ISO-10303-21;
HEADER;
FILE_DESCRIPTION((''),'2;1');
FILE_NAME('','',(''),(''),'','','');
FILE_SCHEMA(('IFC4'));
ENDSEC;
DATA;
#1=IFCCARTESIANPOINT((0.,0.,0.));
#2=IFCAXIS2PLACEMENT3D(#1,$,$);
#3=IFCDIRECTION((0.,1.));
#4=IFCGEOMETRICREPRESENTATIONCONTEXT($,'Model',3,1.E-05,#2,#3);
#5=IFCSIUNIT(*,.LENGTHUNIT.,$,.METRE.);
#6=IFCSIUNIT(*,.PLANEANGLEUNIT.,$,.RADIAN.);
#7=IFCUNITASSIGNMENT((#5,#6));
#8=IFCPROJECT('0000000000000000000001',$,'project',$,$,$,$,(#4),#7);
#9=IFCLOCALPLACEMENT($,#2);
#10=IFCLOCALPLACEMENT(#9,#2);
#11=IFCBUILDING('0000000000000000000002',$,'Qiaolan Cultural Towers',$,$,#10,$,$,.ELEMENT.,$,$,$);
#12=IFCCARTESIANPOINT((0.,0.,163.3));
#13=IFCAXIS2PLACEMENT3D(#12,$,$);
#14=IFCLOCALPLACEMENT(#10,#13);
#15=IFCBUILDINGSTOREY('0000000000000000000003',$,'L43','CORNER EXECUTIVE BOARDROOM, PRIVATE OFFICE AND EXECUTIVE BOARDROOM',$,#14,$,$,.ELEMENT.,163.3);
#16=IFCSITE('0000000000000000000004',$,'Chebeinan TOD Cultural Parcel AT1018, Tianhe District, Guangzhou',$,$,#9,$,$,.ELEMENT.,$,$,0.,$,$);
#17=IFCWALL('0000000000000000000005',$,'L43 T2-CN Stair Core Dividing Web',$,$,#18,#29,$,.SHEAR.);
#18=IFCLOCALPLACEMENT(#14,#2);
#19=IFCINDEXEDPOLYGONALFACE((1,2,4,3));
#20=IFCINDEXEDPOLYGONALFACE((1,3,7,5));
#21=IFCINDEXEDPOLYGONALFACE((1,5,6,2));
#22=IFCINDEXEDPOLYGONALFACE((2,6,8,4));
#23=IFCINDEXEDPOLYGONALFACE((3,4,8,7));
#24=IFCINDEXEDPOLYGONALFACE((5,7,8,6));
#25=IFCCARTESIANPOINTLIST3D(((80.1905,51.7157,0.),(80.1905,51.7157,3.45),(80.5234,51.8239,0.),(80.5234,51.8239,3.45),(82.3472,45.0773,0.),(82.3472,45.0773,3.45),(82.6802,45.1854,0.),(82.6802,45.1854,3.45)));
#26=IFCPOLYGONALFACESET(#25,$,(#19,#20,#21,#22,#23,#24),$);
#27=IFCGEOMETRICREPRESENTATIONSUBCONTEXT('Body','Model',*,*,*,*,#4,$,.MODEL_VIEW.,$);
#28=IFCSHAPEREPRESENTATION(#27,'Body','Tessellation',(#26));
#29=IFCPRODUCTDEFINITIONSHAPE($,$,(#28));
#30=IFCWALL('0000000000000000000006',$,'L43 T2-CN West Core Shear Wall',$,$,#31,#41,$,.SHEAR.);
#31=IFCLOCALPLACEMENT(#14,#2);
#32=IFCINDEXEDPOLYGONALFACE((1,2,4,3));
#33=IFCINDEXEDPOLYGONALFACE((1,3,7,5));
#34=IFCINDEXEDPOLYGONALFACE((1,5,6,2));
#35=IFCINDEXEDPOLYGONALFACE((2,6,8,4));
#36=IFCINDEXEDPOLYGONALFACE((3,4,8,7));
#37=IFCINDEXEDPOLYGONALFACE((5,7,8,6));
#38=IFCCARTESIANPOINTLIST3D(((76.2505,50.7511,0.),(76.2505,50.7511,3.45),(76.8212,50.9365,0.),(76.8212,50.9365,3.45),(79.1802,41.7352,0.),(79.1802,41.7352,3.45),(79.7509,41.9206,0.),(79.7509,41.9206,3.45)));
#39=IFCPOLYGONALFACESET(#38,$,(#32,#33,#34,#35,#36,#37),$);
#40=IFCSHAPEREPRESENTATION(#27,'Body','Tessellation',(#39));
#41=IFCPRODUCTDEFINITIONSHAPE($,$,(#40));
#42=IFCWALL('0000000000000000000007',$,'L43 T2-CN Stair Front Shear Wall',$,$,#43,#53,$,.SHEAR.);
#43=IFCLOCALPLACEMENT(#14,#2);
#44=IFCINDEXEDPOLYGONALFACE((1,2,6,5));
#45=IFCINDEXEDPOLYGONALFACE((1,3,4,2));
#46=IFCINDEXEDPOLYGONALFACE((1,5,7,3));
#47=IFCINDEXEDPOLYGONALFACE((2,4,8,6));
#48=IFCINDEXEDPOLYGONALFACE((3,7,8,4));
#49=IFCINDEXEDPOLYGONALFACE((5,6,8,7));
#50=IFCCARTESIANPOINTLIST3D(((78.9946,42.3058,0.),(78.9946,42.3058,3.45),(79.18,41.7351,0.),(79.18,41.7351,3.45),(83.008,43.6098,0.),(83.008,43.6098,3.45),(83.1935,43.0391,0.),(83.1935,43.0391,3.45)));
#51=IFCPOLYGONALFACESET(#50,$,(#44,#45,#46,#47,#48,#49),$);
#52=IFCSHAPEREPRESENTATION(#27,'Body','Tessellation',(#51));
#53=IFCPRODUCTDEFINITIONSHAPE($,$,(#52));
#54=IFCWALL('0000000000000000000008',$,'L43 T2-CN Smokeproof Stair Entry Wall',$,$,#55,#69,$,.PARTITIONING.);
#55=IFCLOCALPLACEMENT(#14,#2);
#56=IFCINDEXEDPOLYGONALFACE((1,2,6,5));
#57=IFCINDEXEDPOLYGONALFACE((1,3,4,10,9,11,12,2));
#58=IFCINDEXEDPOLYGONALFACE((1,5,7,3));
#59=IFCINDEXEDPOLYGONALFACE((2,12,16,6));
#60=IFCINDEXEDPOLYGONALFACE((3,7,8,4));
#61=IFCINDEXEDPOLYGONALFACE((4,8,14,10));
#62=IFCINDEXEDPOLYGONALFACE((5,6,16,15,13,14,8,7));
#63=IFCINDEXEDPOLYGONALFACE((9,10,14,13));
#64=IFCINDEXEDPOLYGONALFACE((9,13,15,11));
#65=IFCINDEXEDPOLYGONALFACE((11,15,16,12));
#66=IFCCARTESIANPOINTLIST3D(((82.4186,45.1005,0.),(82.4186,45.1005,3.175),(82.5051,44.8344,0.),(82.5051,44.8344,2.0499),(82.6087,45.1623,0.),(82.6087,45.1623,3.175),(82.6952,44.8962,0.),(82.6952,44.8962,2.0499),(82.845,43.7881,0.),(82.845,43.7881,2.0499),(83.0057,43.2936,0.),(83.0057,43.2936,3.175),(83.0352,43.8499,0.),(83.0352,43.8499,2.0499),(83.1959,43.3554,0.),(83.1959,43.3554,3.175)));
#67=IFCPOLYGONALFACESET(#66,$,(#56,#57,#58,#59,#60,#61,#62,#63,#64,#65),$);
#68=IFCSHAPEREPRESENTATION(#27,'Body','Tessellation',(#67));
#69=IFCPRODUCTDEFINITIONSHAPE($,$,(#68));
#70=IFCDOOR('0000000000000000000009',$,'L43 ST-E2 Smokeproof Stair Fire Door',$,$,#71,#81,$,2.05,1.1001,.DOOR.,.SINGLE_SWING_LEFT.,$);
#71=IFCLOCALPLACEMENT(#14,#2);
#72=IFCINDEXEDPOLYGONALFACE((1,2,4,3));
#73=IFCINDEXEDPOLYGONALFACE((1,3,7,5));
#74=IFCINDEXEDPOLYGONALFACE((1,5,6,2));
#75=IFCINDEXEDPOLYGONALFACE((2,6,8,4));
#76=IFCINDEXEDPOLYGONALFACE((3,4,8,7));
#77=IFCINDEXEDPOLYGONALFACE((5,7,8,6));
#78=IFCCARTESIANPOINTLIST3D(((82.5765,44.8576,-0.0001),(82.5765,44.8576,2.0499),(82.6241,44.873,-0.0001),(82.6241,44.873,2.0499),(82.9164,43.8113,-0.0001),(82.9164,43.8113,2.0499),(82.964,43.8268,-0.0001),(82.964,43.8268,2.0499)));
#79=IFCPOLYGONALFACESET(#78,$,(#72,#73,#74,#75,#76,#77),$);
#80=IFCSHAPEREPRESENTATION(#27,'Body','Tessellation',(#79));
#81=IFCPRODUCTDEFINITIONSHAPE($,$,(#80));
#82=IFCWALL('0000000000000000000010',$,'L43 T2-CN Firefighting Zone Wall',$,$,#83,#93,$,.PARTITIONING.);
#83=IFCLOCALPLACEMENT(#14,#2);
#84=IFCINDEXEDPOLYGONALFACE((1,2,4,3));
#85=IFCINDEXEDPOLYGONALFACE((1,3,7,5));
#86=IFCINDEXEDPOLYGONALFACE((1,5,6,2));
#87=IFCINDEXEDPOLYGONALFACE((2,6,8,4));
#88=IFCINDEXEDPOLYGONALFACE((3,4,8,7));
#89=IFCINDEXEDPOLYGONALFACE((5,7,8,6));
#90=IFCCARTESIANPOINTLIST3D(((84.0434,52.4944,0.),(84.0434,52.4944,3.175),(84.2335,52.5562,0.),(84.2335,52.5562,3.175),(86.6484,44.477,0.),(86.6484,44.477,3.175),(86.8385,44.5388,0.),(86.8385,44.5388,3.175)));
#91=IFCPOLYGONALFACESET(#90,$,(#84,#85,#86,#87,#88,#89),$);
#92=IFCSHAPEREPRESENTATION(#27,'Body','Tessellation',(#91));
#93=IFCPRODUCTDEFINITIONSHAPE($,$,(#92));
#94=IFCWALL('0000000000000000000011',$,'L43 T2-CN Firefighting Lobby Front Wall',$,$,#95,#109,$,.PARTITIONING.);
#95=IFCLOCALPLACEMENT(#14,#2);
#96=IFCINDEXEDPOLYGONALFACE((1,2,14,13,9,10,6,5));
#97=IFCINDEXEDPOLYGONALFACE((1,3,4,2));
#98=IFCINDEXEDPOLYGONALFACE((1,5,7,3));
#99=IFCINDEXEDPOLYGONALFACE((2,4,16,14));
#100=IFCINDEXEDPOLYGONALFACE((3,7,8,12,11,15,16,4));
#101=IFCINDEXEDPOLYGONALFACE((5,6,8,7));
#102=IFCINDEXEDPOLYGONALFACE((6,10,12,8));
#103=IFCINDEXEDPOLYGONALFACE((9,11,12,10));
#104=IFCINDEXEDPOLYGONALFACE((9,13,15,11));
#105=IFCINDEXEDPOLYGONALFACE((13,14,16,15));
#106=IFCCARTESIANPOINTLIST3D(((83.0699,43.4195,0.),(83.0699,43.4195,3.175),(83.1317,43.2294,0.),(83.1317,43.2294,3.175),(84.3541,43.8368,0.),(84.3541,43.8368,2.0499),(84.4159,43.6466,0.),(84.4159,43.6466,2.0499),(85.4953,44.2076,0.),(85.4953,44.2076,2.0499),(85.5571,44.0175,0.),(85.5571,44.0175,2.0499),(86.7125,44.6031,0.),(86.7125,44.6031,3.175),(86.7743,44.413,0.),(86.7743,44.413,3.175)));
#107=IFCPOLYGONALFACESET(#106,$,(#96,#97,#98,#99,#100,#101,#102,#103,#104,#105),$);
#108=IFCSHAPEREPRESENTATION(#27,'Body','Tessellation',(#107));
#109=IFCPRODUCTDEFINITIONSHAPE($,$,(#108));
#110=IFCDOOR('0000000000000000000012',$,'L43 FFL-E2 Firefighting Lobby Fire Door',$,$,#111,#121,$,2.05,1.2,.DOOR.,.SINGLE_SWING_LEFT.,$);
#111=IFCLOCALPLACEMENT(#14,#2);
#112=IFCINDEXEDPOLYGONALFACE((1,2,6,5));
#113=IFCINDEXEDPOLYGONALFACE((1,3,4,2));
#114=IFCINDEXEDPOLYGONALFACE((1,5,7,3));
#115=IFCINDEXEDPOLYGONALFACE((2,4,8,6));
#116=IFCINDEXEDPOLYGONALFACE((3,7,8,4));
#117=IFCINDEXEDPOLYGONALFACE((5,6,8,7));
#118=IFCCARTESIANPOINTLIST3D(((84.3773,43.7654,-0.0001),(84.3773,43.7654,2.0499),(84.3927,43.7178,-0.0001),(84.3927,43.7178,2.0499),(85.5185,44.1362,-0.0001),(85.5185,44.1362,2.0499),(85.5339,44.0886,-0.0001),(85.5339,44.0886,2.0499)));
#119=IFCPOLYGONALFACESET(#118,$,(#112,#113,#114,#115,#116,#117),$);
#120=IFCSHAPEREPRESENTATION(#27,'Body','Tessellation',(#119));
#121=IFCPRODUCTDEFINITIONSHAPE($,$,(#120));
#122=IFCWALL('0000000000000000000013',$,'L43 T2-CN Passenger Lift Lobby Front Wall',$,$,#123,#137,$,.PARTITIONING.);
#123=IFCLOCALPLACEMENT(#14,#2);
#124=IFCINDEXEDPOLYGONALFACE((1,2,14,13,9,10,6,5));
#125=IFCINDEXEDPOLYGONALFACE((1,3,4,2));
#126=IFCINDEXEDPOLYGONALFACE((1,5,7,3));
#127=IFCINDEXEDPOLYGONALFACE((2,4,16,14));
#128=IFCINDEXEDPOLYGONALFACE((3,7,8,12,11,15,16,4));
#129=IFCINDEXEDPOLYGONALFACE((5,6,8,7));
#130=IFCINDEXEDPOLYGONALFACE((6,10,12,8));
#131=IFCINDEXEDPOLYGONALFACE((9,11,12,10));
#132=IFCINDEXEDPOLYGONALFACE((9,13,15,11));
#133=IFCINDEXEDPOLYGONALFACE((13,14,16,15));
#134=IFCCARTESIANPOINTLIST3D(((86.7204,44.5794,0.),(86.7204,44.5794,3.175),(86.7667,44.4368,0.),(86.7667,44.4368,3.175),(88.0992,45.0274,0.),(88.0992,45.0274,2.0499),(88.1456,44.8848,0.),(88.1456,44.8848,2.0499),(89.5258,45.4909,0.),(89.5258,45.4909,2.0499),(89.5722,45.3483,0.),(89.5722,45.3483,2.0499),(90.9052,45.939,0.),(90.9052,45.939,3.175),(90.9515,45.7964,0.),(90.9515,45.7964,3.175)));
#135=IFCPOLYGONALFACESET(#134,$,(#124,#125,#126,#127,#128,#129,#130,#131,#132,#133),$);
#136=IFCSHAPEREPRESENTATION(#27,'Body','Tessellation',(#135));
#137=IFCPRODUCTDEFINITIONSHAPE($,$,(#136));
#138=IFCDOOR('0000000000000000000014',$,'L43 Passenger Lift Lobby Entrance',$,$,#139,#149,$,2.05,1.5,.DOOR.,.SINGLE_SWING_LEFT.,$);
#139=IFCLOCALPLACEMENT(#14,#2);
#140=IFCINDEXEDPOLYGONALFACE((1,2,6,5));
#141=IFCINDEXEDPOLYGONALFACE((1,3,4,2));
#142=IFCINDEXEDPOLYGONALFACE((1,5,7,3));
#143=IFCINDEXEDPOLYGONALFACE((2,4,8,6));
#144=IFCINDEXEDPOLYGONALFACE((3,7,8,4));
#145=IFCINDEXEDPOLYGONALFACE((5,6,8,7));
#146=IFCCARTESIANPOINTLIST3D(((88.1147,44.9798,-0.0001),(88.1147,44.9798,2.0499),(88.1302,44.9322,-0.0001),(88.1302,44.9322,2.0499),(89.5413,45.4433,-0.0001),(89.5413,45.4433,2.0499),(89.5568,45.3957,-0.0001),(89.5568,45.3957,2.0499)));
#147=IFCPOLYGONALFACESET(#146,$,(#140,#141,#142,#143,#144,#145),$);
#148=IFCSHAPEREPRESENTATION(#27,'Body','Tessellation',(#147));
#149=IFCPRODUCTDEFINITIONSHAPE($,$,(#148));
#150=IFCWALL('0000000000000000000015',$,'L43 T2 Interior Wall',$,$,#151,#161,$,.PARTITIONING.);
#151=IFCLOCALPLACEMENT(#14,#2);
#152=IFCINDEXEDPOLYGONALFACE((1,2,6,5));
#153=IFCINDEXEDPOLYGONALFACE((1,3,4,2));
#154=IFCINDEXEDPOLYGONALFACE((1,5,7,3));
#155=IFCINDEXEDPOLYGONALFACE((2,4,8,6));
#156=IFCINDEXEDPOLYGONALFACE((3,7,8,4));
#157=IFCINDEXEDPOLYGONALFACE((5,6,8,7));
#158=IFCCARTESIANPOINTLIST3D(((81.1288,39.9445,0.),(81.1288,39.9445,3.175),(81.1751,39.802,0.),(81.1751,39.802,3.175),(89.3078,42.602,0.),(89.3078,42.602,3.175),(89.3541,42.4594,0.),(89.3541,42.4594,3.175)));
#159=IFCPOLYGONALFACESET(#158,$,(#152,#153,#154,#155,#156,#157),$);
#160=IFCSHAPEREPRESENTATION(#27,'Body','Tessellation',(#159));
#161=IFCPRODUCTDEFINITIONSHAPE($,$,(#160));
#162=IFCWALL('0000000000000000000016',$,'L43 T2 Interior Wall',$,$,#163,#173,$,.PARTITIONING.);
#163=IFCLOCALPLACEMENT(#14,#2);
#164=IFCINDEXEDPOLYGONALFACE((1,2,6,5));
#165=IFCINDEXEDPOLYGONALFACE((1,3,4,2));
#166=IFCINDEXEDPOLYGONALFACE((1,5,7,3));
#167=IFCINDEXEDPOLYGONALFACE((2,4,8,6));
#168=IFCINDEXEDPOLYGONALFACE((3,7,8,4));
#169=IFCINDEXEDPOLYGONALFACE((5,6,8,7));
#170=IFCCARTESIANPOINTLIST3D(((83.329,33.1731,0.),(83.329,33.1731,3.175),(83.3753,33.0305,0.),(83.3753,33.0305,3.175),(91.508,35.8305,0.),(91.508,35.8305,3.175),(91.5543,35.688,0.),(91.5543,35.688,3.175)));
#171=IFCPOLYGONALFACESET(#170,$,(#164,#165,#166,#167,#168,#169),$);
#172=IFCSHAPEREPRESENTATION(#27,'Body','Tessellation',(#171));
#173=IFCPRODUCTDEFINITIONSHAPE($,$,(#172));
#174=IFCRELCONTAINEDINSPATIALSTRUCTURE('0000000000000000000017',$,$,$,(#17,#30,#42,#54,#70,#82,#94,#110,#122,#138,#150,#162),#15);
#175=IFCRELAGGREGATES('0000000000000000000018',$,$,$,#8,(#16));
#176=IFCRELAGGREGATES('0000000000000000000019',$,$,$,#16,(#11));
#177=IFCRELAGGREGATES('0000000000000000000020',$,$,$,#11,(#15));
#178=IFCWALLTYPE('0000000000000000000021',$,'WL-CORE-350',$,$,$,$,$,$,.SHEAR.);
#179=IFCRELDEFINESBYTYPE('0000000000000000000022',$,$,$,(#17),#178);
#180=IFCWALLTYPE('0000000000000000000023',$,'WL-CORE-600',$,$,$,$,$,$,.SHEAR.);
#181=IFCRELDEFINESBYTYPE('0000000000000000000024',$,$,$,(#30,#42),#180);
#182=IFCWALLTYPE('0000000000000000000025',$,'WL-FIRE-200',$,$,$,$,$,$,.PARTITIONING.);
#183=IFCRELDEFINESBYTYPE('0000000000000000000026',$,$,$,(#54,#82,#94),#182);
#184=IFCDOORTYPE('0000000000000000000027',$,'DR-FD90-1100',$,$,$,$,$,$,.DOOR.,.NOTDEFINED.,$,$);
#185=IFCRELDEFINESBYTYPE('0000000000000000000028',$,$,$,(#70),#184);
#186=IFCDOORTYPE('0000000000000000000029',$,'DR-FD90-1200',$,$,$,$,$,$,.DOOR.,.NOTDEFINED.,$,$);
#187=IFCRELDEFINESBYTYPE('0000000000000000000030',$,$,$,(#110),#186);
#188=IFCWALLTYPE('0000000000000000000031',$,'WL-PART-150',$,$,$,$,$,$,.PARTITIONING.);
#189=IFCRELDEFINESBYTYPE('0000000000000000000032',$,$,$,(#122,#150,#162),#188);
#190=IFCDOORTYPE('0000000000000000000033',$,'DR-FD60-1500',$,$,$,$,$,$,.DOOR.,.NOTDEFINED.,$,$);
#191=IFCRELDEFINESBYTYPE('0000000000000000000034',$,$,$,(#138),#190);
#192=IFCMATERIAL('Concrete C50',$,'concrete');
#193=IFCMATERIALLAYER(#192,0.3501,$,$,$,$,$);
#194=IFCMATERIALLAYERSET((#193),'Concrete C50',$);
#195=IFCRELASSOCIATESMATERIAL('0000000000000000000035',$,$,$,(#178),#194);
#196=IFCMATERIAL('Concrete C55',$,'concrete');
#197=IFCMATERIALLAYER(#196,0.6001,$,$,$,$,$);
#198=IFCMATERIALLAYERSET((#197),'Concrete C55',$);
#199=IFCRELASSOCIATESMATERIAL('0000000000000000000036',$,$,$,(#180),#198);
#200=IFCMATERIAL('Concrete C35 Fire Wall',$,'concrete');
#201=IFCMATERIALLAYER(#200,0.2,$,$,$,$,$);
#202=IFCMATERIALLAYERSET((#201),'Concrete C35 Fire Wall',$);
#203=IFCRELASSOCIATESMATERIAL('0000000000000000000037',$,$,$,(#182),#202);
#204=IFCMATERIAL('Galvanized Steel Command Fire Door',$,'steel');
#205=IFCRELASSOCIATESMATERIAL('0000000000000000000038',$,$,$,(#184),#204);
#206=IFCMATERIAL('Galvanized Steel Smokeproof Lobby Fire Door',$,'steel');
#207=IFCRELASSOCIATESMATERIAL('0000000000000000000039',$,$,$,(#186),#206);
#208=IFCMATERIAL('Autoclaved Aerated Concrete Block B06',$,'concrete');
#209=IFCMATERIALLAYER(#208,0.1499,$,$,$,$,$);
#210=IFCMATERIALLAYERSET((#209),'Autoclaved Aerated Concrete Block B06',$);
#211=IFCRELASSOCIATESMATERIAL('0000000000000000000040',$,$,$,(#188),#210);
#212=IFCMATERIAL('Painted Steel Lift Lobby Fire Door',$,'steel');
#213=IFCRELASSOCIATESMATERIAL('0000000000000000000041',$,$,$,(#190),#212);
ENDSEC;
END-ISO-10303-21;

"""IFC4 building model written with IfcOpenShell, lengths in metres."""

from ifc_helpers import new_model, si_unit, direction, frame, frame_2d, origin, place, context, subcontext, project, spatial, rectangle, extrude, material, layer, layer_set, type_object, element, fill, save


model = new_model("IFC4")

# Units and contexts
model_context = context("Model", 3, precision=1e-05, world=origin(), true_north=direction((0.0, 1.0)))
body_context = subcontext(model_context, "Body", "Model", "MODEL_VIEW")
ifc_project = project(units=[si_unit("LENGTHUNIT", "METRE"), si_unit("PLANEANGLEUNIT", "RADIAN")], contexts=[model_context])

# Site, building, storey
site_placement = place(None, origin())
site = spatial("IfcSite", under=ifc_project, at=site_placement, Name="Chebeinan TOD Cultural Parcel AT1018, Tianhe District, Guangzhou", CompositionType="ELEMENT", RefElevation=0.0)
building_placement = place(site_placement, origin())
building = spatial("IfcBuilding", under=site, at=building_placement, Name="Qiaolan Cultural Towers", CompositionType="ELEMENT")
storey_placement = place(building_placement, frame((0.0, 0.0, 163.3)))
storey = spatial("IfcBuildingStorey", under=building, at=storey_placement, Name="L43", Description="CORNER EXECUTIVE BOARDROOM, PRIVATE OFFICE AND EXECUTIVE BOARDROOM", CompositionType="ELEMENT", Elevation=163.3)

# Walls
ifc_material_1 = material(Name="Concrete C50", Category="concrete")
ifc_layer_1 = layer(ifc_material_1, 0.3501)
ifc_layer_set_1 = layer_set([ifc_layer_1], Name="Concrete C50")
wall_type_1 = type_object("IfcWallType", Name="WL-CORE-350", PredefinedType="SHEAR", material=ifc_layer_set_1)
wall_1_placement = place(storey_placement, frame((82.5137, 45.1313, 0.0), z_axis=(0.0, 0.0, 1.0), x_axis=(-0.308989, 0.951066, 0.0)))
element("IfcWall", 1, at=wall_1_placement, inside=storey, type_object=wall_type_1, Name="L43 T2-CN Stair Core Dividing Web", PredefinedType="SHEAR", context=body_context, shape_type="SweptSolid", body=[
    extrude(rectangle(XDim=6.98, YDim=0.3501, at=frame_2d((3.49, 0.0))), origin(), (0.0, 0.0, 1.0), 3.45),
])
ifc_material_2 = material(Name="Concrete C55", Category="concrete")
ifc_layer_2 = layer(ifc_material_2, 0.6001)
ifc_layer_set_2 = layer_set([ifc_layer_2], Name="Concrete C55")
wall_type_2 = type_object("IfcWallType", Name="WL-CORE-600", PredefinedType="SHEAR", material=ifc_layer_set_2)
wall_2_placement = place(storey_placement, frame((79.4656, 41.8279, 0.0), z_axis=(0.0, 0.0, 1.0), x_axis=(-0.309041, 0.951049, 0.0)))
element("IfcWall", 2, at=wall_2_placement, inside=storey, type_object=wall_type_2, Name="L43 T2-CN West Core Shear Wall", PredefinedType="SHEAR", context=body_context, shape_type="SweptSolid", body=[
    extrude(rectangle(XDim=9.48, YDim=0.6001, at=frame_2d((4.74, 0.0))), origin(), (0.0, 0.0, 1.0), 3.45),
])
wall_3_placement = place(storey_placement, frame((79.0874, 42.0205, 0.0), z_axis=(0.0, 0.0, 1.0), x_axis=(0.951063, 0.308998, 0.0)))
element("IfcWall", 3, at=wall_3_placement, inside=storey, type_object=wall_type_2, Name="L43 T2-CN Stair Front Shear Wall", PredefinedType="SHEAR", context=body_context, shape_type="SweptSolid", body=[
    extrude(rectangle(XDim=4.22, YDim=0.6001, at=frame_2d((2.1099, 0.0))), origin(), (0.0, 0.0, 1.0), 3.45),
])

# Wall, opening, door
ifc_material_3 = material(Name="Concrete C35 Fire Wall", Category="concrete")
ifc_layer_3 = layer(ifc_material_3, 0.2)
ifc_layer_set_3 = layer_set([ifc_layer_3], Name="Concrete C35 Fire Wall")
wall_type_3 = type_object("IfcWallType", Name="WL-FIRE-200", PredefinedType="PARTITIONING", material=ifc_layer_set_3)
wall_4_placement = place(storey_placement, frame((83.1008, 43.3245, 0.0), z_axis=(0.0, 0.0, 1.0), x_axis=(-0.309048, 0.951046, 0.0)))
wall_4 = element("IfcWall", 4, at=wall_4_placement, inside=storey, type_object=wall_type_3, Name="L43 T2-CN Smokeproof Stair Entry Wall", PredefinedType="PARTITIONING", context=body_context, shape_type="SweptSolid", body=[
    extrude(rectangle(XDim=1.8999, YDim=0.2, at=frame_2d((0.95, 0.0))), origin(), (0.0, 0.0, 1.0), 3.175),
])
opening_1_placement = place(wall_4_placement, frame((0.52, 0.0, 0.0)))
opening_1 = element("IfcOpeningElement", 5, at=opening_1_placement, cuts=wall_4, PredefinedType="OPENING", context=body_context, shape_type="SweptSolid", body=[
    extrude(rectangle(XDim=1.1001, YDim=2.05, at=frame_2d((0.55, 1.0249))), frame((0.0, 0.1099, 0.0), z_axis=(0.0, -1.0, 0.0), x_axis=(1.0, 0.0, 0.0)), (0.0, 0.0, 1.0), 0.22),
])
ifc_material_4 = material(Name="Galvanized Steel Command Fire Door", Category="steel")
door_type_1 = type_object("IfcDoorType", Name="DR-FD90-1100", OperationType="NOTDEFINED", PredefinedType="DOOR", material=ifc_material_4)
door_1_placement = place(opening_1_placement, origin())
door_1 = element("IfcDoor", 6, at=door_1_placement, inside=storey, type_object=door_type_1, Name="L43 ST-E2 Smokeproof Stair Fire Door", OperationType="SINGLE_SWING_LEFT", OverallHeight=2.05, OverallWidth=1.1001, PredefinedType="DOOR", context=body_context, shape_type="SweptSolid", body=[
    extrude(rectangle(XDim=1.1001, YDim=2.05, at=frame_2d((0.55, 1.0249))), frame((0.0, 0.0249, 0.0), z_axis=(0.0, -1.0, 0.0), x_axis=(1.0, 0.0, 0.0)), (0.0, 0.0, 1.0), 0.05),
])
fill(opening_1, door_1)

# Wall
wall_5_placement = place(storey_placement, frame((86.7434, 44.5081, 0.0), z_axis=(0.0, 0.0, 1.0), x_axis=(-0.309016, 0.951057, 0.0)))
element("IfcWall", 7, at=wall_5_placement, inside=storey, type_object=wall_type_3, Name="L43 T2-CN Firefighting Zone Wall", PredefinedType="PARTITIONING", context=body_context, shape_type="SweptSolid", body=[
    extrude(rectangle(XDim=8.4299, YDim=0.2, at=frame_2d((4.2148, 0.0))), origin(), (0.0, 0.0, 1.0), 3.175),
])

# Walls, openings, doors
wall_6_placement = place(storey_placement, frame((83.1008, 43.3245, 0.0), z_axis=(0.0, 0.0, 1.0), x_axis=(0.951053, 0.309028, 0.0)))
wall_6 = element("IfcWall", 8, at=wall_6_placement, inside=storey, type_object=wall_type_3, Name="L43 T2-CN Firefighting Lobby Front Wall", PredefinedType="PARTITIONING", context=body_context, shape_type="SweptSolid", body=[
    extrude(rectangle(XDim=3.8301, YDim=0.2, at=frame_2d((1.915, 0.0))), origin(), (0.0, 0.0, 1.0), 3.175),
])
opening_2_placement = place(wall_6_placement, frame((1.3501, 0.0, 0.0)))
opening_2 = element("IfcOpeningElement", 9, at=opening_2_placement, cuts=wall_6, PredefinedType="OPENING", context=body_context, shape_type="SweptSolid", body=[
    extrude(rectangle(XDim=1.2, YDim=2.05, at=frame_2d((0.6001, 1.0249))), frame((0.0, 0.1099, 0.0), z_axis=(0.0, -1.0, 0.0), x_axis=(1.0, 0.0, 0.0)), (0.0, 0.0, 1.0), 0.22),
])
ifc_material_5 = material(Name="Galvanized Steel Smokeproof Lobby Fire Door", Category="steel")
door_type_2 = type_object("IfcDoorType", Name="DR-FD90-1200", OperationType="NOTDEFINED", PredefinedType="DOOR", material=ifc_material_5)
door_2_placement = place(opening_2_placement, origin())
door_2 = element("IfcDoor", 10, at=door_2_placement, inside=storey, type_object=door_type_2, Name="L43 FFL-E2 Firefighting Lobby Fire Door", OperationType="SINGLE_SWING_LEFT", OverallHeight=2.05, OverallWidth=1.2, PredefinedType="DOOR", context=body_context, shape_type="SweptSolid", body=[
    extrude(rectangle(XDim=1.2, YDim=2.05, at=frame_2d((0.6001, 1.0249))), frame((0.0, 0.0249, 0.0), z_axis=(0.0, -1.0, 0.0), x_axis=(1.0, 0.0, 0.0)), (0.0, 0.0, 1.0), 0.05),
])
fill(opening_2, door_2)
ifc_material_6 = material(Name="Autoclaved Aerated Concrete Block B06", Category="concrete")
ifc_layer_4 = layer(ifc_material_6, 0.1499)
ifc_layer_set_4 = layer_set([ifc_layer_4], Name="Autoclaved Aerated Concrete Block B06")
wall_type_4 = type_object("IfcWallType", Name="WL-PART-150", PredefinedType="PARTITIONING", material=ifc_layer_set_4)
wall_7_placement = place(storey_placement, frame((86.7434, 44.5081, 0.0), z_axis=(0.0, 0.0, 1.0), x_axis=(0.951064, 0.308994, 0.0)))
wall_7 = element("IfcWall", 11, at=wall_7_placement, inside=storey, type_object=wall_type_4, Name="L43 T2-CN Passenger Lift Lobby Front Wall", PredefinedType="PARTITIONING", context=body_context, shape_type="SweptSolid", body=[
    extrude(rectangle(XDim=4.4001, YDim=0.1499, at=frame_2d((2.2002, 0.0))), origin(), (0.0, 0.0, 1.0), 3.175),
])
opening_3_placement = place(wall_7_placement, frame((1.45, 0.0, 0.0)))
opening_3 = element("IfcOpeningElement", 12, at=opening_3_placement, cuts=wall_7, PredefinedType="OPENING", context=body_context, shape_type="SweptSolid", body=[
    extrude(rectangle(XDim=1.5, YDim=2.05, at=frame_2d((0.75, 1.0249))), frame((0.0, 0.085, 0.0), z_axis=(0.0, -1.0, 0.0), x_axis=(1.0, 0.0, 0.0)), (0.0, 0.0, 1.0), 0.1699),
])
ifc_material_7 = material(Name="Painted Steel Lift Lobby Fire Door", Category="steel")
door_type_3 = type_object("IfcDoorType", Name="DR-FD60-1500", OperationType="NOTDEFINED", PredefinedType="DOOR", material=ifc_material_7)
door_3_placement = place(opening_3_placement, origin())
door_3 = element("IfcDoor", 13, at=door_3_placement, inside=storey, type_object=door_type_3, Name="L43 Passenger Lift Lobby Entrance", OperationType="SINGLE_SWING_LEFT", OverallHeight=2.05, OverallWidth=1.5, PredefinedType="DOOR", context=body_context, shape_type="SweptSolid", body=[
    extrude(rectangle(XDim=1.5, YDim=2.05, at=frame_2d((0.75, 1.0249))), frame((0.0, 0.0249, 0.0), z_axis=(0.0, -1.0, 0.0), x_axis=(1.0, 0.0, 0.0)), (0.0, 0.0, 1.0), 0.05),
])
fill(opening_3, door_3)

# Walls
for number, where, z_axis, x_axis, name in (
    (14, (81.1521, 39.8733, 0.0), (0.0, 0.0, 1.0), (0.951058, 0.309014, 0.0), "L43 T2 Interior Wall"),
    (15, (83.3523, 33.1018, 0.0), (0.0, 0.0, 1.0), (0.951058, 0.309014, 0.0), "L43 T2 Interior Wall"),
):
    element("IfcWall", number, at=place(storey_placement, frame(where, z_axis=z_axis, x_axis=x_axis)), inside=storey, type_object=wall_type_4, Name=name, PredefinedType="PARTITIONING", context=body_context, shape_type="SweptSolid", body=[
        extrude(rectangle(XDim=8.5999, YDim=0.1499, at=frame_2d((4.2998, 0.0))), origin(), (0.0, 0.0, 1.0), 3.175),
    ])

save(model, "model.ifc")
